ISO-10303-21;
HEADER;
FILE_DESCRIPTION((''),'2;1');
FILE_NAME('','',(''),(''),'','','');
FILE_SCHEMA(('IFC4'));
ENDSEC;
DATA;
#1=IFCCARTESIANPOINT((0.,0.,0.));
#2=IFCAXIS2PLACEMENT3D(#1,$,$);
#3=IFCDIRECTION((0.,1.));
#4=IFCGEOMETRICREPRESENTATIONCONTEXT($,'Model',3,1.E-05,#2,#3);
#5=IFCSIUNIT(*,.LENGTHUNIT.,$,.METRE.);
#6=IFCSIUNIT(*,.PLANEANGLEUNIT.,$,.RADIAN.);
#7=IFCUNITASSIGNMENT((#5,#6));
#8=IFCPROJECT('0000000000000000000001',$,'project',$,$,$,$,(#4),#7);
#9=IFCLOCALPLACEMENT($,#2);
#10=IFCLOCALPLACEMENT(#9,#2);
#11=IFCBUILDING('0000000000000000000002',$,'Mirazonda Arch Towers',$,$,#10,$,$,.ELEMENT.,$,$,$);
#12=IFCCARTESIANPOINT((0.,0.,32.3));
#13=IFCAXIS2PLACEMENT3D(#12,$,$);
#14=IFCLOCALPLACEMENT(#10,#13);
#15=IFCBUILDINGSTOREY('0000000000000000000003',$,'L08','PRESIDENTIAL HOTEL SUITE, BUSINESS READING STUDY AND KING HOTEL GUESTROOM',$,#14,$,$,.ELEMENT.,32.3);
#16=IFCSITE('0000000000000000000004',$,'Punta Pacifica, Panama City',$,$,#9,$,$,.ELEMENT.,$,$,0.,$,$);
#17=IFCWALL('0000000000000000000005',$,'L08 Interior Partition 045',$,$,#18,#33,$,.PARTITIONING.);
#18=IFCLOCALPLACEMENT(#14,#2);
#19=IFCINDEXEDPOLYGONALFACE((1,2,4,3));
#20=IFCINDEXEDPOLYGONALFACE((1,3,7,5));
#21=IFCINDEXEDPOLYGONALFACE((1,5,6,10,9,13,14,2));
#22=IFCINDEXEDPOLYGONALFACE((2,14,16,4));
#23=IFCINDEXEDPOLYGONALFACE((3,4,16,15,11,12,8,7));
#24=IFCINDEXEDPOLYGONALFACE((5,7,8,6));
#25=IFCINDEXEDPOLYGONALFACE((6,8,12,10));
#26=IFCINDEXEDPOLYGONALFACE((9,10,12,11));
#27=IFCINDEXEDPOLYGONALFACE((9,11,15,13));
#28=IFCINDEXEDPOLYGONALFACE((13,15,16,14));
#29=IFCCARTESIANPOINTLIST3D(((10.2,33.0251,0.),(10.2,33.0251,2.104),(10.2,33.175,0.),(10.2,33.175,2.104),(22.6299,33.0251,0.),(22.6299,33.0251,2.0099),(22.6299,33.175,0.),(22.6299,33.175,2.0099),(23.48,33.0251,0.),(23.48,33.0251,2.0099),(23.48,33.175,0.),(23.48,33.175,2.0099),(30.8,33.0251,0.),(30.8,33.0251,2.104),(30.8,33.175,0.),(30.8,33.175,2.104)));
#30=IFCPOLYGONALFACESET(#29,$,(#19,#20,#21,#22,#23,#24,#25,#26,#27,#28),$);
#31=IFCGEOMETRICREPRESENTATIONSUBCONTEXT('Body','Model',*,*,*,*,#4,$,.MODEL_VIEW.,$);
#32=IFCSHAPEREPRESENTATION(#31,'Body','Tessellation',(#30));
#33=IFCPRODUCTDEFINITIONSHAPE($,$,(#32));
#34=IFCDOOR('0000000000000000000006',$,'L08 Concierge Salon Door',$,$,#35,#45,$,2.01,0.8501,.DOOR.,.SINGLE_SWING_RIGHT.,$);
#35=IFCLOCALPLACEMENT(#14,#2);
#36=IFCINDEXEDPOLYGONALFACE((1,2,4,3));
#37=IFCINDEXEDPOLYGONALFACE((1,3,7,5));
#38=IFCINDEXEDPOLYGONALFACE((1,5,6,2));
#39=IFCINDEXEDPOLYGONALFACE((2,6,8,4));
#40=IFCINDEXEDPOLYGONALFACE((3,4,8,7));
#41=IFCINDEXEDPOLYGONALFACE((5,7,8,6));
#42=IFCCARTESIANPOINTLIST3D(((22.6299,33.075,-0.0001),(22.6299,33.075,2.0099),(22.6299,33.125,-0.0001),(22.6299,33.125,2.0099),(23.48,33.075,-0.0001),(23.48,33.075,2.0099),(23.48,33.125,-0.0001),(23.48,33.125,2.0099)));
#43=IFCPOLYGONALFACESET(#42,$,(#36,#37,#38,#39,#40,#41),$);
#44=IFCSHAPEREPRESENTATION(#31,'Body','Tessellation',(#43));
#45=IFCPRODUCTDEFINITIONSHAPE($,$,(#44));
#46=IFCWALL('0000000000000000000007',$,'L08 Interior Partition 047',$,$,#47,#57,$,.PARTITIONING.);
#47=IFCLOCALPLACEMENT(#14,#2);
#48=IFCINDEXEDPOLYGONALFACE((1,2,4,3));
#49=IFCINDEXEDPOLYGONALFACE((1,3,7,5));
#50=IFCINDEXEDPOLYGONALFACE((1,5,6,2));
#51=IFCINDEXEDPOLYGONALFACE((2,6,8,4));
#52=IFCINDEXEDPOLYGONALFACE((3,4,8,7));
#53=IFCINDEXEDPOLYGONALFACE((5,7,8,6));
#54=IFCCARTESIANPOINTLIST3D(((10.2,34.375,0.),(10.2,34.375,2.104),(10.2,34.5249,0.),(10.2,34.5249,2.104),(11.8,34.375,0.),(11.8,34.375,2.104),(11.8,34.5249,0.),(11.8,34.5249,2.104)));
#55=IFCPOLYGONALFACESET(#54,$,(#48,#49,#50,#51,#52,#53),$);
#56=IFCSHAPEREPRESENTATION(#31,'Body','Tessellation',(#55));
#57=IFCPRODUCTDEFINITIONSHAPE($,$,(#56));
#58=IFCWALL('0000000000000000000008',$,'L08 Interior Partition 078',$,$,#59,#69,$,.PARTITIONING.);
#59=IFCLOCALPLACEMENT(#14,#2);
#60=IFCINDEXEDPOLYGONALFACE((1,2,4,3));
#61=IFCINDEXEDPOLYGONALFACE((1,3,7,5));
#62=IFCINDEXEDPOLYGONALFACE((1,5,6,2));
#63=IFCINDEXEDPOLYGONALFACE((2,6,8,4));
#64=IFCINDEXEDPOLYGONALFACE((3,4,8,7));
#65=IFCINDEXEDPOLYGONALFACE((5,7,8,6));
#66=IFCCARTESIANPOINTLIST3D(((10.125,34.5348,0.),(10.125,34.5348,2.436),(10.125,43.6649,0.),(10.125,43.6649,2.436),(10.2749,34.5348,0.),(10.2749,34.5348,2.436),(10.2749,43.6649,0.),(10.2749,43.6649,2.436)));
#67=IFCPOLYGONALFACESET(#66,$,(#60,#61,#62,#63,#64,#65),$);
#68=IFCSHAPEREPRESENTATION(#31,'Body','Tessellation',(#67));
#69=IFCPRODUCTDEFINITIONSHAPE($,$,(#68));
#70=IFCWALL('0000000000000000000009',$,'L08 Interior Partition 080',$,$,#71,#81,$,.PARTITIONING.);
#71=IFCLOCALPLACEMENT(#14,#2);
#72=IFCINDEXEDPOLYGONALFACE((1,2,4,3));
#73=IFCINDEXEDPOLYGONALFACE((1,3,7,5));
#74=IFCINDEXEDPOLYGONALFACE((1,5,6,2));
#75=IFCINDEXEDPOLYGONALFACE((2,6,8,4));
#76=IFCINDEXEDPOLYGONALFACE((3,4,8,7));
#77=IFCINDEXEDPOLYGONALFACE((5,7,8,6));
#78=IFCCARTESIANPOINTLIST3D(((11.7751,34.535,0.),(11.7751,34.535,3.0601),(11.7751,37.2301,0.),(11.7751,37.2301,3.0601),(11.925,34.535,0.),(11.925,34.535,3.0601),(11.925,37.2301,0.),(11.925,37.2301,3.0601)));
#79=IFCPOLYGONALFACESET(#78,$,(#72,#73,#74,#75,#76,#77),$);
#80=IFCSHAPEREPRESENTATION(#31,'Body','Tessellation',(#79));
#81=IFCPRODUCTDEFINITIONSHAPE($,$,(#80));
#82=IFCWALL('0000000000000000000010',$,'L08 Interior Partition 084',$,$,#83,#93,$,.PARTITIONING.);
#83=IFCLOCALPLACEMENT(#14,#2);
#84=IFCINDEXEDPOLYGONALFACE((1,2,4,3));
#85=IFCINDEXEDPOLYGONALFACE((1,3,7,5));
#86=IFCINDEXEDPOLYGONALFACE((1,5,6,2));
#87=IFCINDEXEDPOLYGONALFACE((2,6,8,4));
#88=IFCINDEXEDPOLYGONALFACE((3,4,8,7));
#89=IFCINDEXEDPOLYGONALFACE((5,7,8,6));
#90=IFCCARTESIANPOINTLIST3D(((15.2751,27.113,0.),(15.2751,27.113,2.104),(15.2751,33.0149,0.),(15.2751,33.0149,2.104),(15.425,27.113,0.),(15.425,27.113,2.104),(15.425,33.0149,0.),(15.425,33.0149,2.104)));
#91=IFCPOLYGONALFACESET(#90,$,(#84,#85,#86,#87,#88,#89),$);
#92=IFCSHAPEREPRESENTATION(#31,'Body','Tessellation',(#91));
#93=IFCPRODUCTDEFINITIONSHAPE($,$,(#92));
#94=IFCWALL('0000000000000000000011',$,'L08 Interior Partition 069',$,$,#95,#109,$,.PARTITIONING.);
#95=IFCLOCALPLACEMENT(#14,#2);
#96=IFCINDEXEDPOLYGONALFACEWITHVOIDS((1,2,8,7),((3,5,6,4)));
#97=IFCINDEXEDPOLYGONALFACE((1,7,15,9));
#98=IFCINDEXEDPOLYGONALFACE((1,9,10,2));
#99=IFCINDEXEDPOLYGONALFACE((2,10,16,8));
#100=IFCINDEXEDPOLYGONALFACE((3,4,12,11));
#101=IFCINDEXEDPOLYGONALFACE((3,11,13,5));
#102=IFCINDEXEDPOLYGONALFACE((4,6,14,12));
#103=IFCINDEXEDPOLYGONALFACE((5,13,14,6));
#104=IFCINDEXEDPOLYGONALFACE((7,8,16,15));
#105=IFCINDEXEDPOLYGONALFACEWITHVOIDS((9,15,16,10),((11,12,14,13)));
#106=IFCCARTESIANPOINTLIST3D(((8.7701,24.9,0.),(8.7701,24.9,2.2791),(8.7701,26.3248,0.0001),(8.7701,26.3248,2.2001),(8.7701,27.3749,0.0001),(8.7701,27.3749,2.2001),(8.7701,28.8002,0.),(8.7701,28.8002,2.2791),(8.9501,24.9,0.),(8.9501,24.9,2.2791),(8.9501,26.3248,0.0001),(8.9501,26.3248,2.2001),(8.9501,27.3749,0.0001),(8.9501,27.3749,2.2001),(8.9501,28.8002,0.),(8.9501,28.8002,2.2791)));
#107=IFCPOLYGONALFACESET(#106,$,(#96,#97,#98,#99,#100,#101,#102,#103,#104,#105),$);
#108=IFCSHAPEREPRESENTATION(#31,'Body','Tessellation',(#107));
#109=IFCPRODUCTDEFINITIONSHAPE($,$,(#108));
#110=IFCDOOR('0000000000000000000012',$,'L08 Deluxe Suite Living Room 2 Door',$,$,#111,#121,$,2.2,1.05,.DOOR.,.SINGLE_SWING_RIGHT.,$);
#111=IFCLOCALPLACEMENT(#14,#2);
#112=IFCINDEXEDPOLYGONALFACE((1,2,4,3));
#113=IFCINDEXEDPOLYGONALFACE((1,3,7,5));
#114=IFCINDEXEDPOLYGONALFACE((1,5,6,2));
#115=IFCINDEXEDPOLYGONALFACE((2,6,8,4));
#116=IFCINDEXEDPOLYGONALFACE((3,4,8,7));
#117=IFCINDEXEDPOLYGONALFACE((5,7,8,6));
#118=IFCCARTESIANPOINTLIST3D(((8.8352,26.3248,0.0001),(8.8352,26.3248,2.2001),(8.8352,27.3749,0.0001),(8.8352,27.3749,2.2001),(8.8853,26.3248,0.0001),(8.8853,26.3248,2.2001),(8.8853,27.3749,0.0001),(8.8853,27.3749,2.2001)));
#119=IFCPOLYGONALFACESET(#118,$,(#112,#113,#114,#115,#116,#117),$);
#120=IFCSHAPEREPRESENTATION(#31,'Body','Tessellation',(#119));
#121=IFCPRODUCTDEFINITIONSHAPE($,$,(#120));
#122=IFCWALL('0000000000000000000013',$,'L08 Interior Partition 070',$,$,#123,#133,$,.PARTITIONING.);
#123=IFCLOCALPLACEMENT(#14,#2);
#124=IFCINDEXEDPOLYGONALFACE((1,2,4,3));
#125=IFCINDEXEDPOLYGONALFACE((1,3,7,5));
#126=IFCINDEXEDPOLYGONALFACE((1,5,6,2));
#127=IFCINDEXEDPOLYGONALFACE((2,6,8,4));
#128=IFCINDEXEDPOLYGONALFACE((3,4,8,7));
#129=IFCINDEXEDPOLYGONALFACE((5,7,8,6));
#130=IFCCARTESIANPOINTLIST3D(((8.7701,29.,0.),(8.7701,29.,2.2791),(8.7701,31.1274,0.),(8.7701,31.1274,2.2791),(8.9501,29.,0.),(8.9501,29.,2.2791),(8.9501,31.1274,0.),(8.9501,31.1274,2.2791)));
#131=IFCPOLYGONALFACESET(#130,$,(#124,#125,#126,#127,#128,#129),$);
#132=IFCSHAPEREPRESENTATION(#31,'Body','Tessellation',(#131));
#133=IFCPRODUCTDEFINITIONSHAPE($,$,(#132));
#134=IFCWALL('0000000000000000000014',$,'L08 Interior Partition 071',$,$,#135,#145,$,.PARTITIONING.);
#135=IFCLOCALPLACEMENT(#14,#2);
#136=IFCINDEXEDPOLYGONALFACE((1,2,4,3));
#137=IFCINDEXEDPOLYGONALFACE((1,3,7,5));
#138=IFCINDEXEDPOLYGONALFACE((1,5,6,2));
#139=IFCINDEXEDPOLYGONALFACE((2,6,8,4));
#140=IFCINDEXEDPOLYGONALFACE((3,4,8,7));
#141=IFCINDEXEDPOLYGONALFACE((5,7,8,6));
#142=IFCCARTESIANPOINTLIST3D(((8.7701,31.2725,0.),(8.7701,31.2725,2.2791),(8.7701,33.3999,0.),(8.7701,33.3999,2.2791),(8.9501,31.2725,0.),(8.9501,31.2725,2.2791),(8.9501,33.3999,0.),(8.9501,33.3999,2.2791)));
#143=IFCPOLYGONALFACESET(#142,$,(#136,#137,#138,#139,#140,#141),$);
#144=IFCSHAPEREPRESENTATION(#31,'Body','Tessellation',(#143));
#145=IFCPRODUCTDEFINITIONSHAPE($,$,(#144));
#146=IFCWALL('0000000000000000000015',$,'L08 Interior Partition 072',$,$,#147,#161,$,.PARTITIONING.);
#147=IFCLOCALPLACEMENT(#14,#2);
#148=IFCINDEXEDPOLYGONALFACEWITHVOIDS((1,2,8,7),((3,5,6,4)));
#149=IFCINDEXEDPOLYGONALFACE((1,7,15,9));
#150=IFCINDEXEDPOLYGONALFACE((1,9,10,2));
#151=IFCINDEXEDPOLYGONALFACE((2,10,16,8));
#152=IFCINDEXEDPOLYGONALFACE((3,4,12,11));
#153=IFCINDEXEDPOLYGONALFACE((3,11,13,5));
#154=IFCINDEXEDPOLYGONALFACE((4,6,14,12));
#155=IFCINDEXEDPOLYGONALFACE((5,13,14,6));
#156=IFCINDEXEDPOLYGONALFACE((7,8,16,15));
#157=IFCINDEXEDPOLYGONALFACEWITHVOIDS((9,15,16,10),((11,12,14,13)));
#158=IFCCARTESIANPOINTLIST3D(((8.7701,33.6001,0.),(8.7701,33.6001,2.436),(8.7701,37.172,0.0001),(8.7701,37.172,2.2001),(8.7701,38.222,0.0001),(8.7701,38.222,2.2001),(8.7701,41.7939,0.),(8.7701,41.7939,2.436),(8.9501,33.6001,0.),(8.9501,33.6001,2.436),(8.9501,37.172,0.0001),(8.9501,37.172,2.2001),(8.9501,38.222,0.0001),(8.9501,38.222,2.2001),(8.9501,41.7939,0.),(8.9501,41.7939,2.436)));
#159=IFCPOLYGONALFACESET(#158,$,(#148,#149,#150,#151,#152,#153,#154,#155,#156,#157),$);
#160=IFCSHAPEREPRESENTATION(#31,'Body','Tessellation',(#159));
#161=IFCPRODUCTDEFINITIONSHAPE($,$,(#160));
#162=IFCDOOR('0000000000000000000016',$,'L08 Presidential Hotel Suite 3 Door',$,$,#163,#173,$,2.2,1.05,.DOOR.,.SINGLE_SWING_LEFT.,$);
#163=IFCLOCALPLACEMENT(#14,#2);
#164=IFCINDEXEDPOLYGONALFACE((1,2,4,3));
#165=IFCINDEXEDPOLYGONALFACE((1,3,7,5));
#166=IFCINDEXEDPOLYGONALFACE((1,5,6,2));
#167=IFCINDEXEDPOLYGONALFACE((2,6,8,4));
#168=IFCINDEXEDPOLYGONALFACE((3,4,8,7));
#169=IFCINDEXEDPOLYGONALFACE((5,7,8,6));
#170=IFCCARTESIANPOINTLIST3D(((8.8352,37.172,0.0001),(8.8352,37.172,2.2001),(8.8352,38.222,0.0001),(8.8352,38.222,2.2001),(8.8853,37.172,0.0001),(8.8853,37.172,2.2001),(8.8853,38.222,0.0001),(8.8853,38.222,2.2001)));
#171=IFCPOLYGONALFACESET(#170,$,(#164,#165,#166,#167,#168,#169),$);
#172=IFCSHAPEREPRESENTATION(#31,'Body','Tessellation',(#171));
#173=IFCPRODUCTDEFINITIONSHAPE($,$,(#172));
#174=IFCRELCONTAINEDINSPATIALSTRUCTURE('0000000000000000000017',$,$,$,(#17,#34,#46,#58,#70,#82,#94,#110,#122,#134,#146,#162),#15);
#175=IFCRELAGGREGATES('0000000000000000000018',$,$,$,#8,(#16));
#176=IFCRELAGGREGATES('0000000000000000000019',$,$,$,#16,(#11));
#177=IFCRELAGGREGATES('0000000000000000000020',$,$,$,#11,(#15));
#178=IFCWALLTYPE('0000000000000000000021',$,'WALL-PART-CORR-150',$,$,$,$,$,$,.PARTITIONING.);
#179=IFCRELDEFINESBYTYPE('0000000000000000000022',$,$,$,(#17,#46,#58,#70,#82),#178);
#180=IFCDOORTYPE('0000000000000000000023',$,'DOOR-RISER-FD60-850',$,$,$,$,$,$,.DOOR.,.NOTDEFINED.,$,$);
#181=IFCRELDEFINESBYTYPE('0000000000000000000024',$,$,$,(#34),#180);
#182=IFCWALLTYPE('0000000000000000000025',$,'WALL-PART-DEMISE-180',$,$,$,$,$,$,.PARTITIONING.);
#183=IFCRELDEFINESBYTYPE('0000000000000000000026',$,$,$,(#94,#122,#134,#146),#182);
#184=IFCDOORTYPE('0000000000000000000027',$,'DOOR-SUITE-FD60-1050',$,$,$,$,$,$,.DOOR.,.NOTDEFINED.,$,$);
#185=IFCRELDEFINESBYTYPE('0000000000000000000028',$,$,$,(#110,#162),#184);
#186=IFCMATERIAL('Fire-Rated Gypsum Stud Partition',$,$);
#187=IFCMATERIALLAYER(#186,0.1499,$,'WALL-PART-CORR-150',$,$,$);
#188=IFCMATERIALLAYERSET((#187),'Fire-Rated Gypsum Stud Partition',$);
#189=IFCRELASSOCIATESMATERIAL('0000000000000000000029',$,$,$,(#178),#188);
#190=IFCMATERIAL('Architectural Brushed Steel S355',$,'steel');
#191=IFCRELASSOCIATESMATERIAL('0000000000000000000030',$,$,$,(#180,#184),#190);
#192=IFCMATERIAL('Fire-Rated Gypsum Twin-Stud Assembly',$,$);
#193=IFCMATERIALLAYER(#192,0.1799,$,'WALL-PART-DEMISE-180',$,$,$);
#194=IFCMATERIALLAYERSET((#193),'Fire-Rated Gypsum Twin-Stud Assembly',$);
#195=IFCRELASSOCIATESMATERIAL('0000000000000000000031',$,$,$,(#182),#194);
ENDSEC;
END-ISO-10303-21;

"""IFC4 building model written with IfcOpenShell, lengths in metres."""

from ifc_helpers import new_model, si_unit, direction, frame, frame_2d, origin, place, context, subcontext, project, spatial, rectangle, extrude, material, layer, layer_set, type_object, element, fill, save


model = new_model("IFC4")

# Units and contexts
model_context = context("Model", 3, precision=1e-05, world=origin(), true_north=direction((0.0, 1.0)))
body_context = subcontext(model_context, "Body", "Model", "MODEL_VIEW")
ifc_project = project(units=[si_unit("LENGTHUNIT", "METRE"), si_unit("PLANEANGLEUNIT", "RADIAN")], contexts=[model_context])

# Site, building, storey
site_placement = place(None, origin())
site = spatial("IfcSite", under=ifc_project, at=site_placement, Name="Punta Pacifica, Panama City", CompositionType="ELEMENT", RefElevation=0.0)
building_placement = place(site_placement, origin())
building = spatial("IfcBuilding", under=site, at=building_placement, Name="Mirazonda Arch Towers", CompositionType="ELEMENT")
storey_placement = place(building_placement, frame((0.0, 0.0, 32.3)))
storey = spatial("IfcBuildingStorey", under=building, at=storey_placement, Name="L08", Description="PRESIDENTIAL HOTEL SUITE, BUSINESS READING STUDY AND KING HOTEL GUESTROOM", CompositionType="ELEMENT", Elevation=32.3)

# Shared definitions
ifc_material_1 = material(Name="Architectural Brushed Steel S355", Category="steel")

# Shared definitions
ifc_material_2 = material(Name="Fire-Rated Gypsum Stud Partition")
ifc_layer_1 = layer(ifc_material_2, 0.1499, Name="WALL-PART-CORR-150")
ifc_layer_set_1 = layer_set([ifc_layer_1], Name="Fire-Rated Gypsum Stud Partition")
wall_type_1 = type_object("IfcWallType", Name="WALL-PART-CORR-150", PredefinedType="PARTITIONING", material=ifc_layer_set_1)

# Wall, opening, door
wall_1_placement = place(storey_placement, frame((10.2, 33.1001, 0.0), z_axis=(0.0, 0.0, 1.0), x_axis=(1.0, 0.0, 0.0)))
wall_1 = element("IfcWall", 1, at=wall_1_placement, inside=storey, type_object=wall_type_1, Name="L08 Interior Partition 045", PredefinedType="PARTITIONING", context=body_context, shape_type="SweptSolid", body=[
    extrude(rectangle(XDim=20.6001, YDim=0.1499, at=frame_2d((10.3, 0.0))), origin(), (0.0, 0.0, 1.0), 2.104),
])
opening_1_placement = place(wall_1_placement, frame((12.4299, 0.0, 0.0)))
opening_1 = element("IfcOpeningElement", 2, at=opening_1_placement, cuts=wall_1, PredefinedType="OPENING", context=body_context, shape_type="SweptSolid", body=[
    extrude(rectangle(XDim=0.8501, YDim=2.01, at=frame_2d((0.425, 1.0049))), frame((0.0, 0.085, 0.0), z_axis=(0.0, -1.0, 0.0), x_axis=(1.0, 0.0, 0.0)), (0.0, 0.0, 1.0), 0.1699),
])
door_type_1 = type_object("IfcDoorType", Name="DOOR-RISER-FD60-850", OperationType="NOTDEFINED", PredefinedType="DOOR", material=ifc_material_1)
door_1_placement = place(opening_1_placement, origin())
door_1 = element("IfcDoor", 3, at=door_1_placement, inside=storey, type_object=door_type_1, Name="L08 Concierge Salon Door", OperationType="SINGLE_SWING_RIGHT", OverallHeight=2.01, OverallWidth=0.8501, PredefinedType="DOOR", context=body_context, shape_type="SweptSolid", body=[
    extrude(rectangle(XDim=0.8501, YDim=2.01, at=frame_2d((0.425, 1.0049))), frame((0.0, 0.0249, 0.0), z_axis=(0.0, -1.0, 0.0), x_axis=(1.0, 0.0, 0.0)), (0.0, 0.0, 1.0), 0.05),
])
fill(opening_1, door_1)

# Walls
wall_2_placement = place(storey_placement, frame((10.2, 34.45, 0.0), z_axis=(0.0, 0.0, 1.0), x_axis=(1.0, 0.0, 0.0)))
element("IfcWall", 4, at=wall_2_placement, inside=storey, type_object=wall_type_1, Name="L08 Interior Partition 047", PredefinedType="PARTITIONING", context=body_context, shape_type="SweptSolid", body=[
    extrude(rectangle(XDim=1.6001, YDim=0.1499, at=frame_2d((0.8, 0.0))), origin(), (0.0, 0.0, 1.0), 2.104),
])
wall_3_placement = place(storey_placement, frame((10.2, 34.5349, 0.0), z_axis=(0.0, 0.0, 1.0), x_axis=(0.0, 1.0, 0.0)))
element("IfcWall", 5, at=wall_3_placement, inside=storey, type_object=wall_type_1, Name="L08 Interior Partition 078", PredefinedType="PARTITIONING", context=body_context, shape_type="SweptSolid", body=[
    extrude(rectangle(XDim=9.1301, YDim=0.1499, at=frame_2d((4.5649, 0.0))), origin(), (0.0, 0.0, 1.0), 2.436),
])
wall_4_placement = place(storey_placement, frame((11.8501, 34.5349, 0.0), z_axis=(0.0, 0.0, 1.0), x_axis=(0.0, 1.0, 0.0)))
element("IfcWall", 6, at=wall_4_placement, inside=storey, type_object=wall_type_1, Name="L08 Interior Partition 080", PredefinedType="PARTITIONING", context=body_context, shape_type="SweptSolid", body=[
    extrude(rectangle(XDim=2.6951, YDim=0.1499, at=frame_2d((1.3477, 0.0))), origin(), (0.0, 0.0, 1.0), 3.0601),
])
wall_5_placement = place(storey_placement, frame((15.3501, 27.113, 0.0), z_axis=(0.0, 0.0, 1.0), x_axis=(0.0, 1.0, 0.0)))
element("IfcWall", 7, at=wall_5_placement, inside=storey, type_object=wall_type_1, Name="L08 Interior Partition 084", PredefinedType="PARTITIONING", context=body_context, shape_type="SweptSolid", body=[
    extrude(rectangle(XDim=5.9019, YDim=0.1499, at=frame_2d((2.9509, 0.0))), origin(), (0.0, 0.0, 1.0), 2.104),
])

# Wall, opening, door
ifc_material_3 = material(Name="Fire-Rated Gypsum Twin-Stud Assembly")
ifc_layer_2 = layer(ifc_material_3, 0.1799, Name="WALL-PART-DEMISE-180")
ifc_layer_set_2 = layer_set([ifc_layer_2], Name="Fire-Rated Gypsum Twin-Stud Assembly")
wall_type_2 = type_object("IfcWallType", Name="WALL-PART-DEMISE-180", PredefinedType="PARTITIONING", material=ifc_layer_set_2)
wall_6_placement = place(storey_placement, frame((8.8601, 24.8999, 0.0), z_axis=(0.0, 0.0, 1.0), x_axis=(0.0, 1.0, 0.0)))
wall_6 = element("IfcWall", 8, at=wall_6_placement, inside=storey, type_object=wall_type_2, Name="L08 Interior Partition 069", PredefinedType="PARTITIONING", context=body_context, shape_type="SweptSolid", body=[
    extrude(rectangle(XDim=3.9001, YDim=0.1799, at=frame_2d((1.9502, 0.0))), origin(), (0.0, 0.0, 1.0), 2.2791),
])
opening_2_placement = place(wall_6_placement, frame((1.425, 0.0, 0.0)))
opening_2 = element("IfcOpeningElement", 9, at=opening_2_placement, cuts=wall_6, PredefinedType="OPENING", context=body_context, shape_type="SweptSolid", body=[
    extrude(rectangle(XDim=1.05, YDim=2.2, at=frame_2d((0.5249, 1.1001))), frame((0.0, 0.0999, 0.0), z_axis=(0.0, -1.0, 0.0), x_axis=(1.0, 0.0, 0.0)), (0.0, 0.0, 1.0), 0.2),
])
door_type_2 = type_object("IfcDoorType", Name="DOOR-SUITE-FD60-1050", OperationType="NOTDEFINED", PredefinedType="DOOR", material=ifc_material_1)
door_2_placement = place(opening_2_placement, origin())
door_2 = element("IfcDoor", 10, at=door_2_placement, inside=storey, type_object=door_type_2, Name="L08 Deluxe Suite Living Room 2 Door", OperationType="SINGLE_SWING_RIGHT", OverallHeight=2.2, OverallWidth=1.05, PredefinedType="DOOR", context=body_context, shape_type="SweptSolid", body=[
    extrude(rectangle(XDim=1.05, YDim=2.2, at=frame_2d((0.5249, 1.1001))), frame((0.0, 0.0249, 0.0), z_axis=(0.0, -1.0, 0.0), x_axis=(1.0, 0.0, 0.0)), (0.0, 0.0, 1.0), 0.05),
])
fill(opening_2, door_2)

# Walls
for number, where, z_axis, x_axis, name in (
    (11, (8.8601, 29.0, 0.0), (0.0, 0.0, 1.0), (0.0, 1.0, 0.0), "L08 Interior Partition 070"),
    (12, (8.8601, 31.2725, 0.0), (0.0, 0.0, 1.0), (0.0, 1.0, 0.0), "L08 Interior Partition 071"),
):
    element("IfcWall", number, at=place(storey_placement, frame(where, z_axis=z_axis, x_axis=x_axis)), inside=storey, type_object=wall_type_2, Name=name, PredefinedType="PARTITIONING", context=body_context, shape_type="SweptSolid", body=[
        extrude(rectangle(XDim=2.1274, YDim=0.1799, at=frame_2d((1.0637, 0.0))), origin(), (0.0, 0.0, 1.0), 2.2791),
    ])

# Wall, opening, door
wall_7_placement = place(storey_placement, frame((8.8601, 33.6001, 0.0), z_axis=(0.0, 0.0, 1.0), x_axis=(0.0, 1.0, 0.0)))
wall_7 = element("IfcWall", 13, at=wall_7_placement, inside=storey, type_object=wall_type_2, Name="L08 Interior Partition 072", PredefinedType="PARTITIONING", context=body_context, shape_type="SweptSolid", body=[
    extrude(rectangle(XDim=8.1938, YDim=0.1799, at=frame_2d((4.0969, 0.0))), origin(), (0.0, 0.0, 1.0), 2.436),
])
opening_3_placement = place(wall_7_placement, frame((3.572, 0.0, 0.0)))
opening_3 = element("IfcOpeningElement", 14, at=opening_3_placement, cuts=wall_7, PredefinedType="OPENING", context=body_context, shape_type="SweptSolid", body=[
    extrude(rectangle(XDim=1.05, YDim=2.2, at=frame_2d((0.5249, 1.1001))), frame((0.0, 0.0999, 0.0), z_axis=(0.0, -1.0, 0.0), x_axis=(1.0, 0.0, 0.0)), (0.0, 0.0, 1.0), 0.2),
])
door_3_placement = place(opening_3_placement, origin())
door_3 = element("IfcDoor", 15, at=door_3_placement, inside=storey, type_object=door_type_2, Name="L08 Presidential Hotel Suite 3 Door", OperationType="SINGLE_SWING_LEFT", OverallHeight=2.2, OverallWidth=1.05, PredefinedType="DOOR", context=body_context, shape_type="SweptSolid", body=[
    extrude(rectangle(XDim=1.05, YDim=2.2, at=frame_2d((0.5249, 1.1001))), frame((0.0, 0.0249, 0.0), z_axis=(0.0, -1.0, 0.0), x_axis=(1.0, 0.0, 0.0)), (0.0, 0.0, 1.0), 0.05),
])
fill(opening_3, door_3)

save(model, "model.ifc")
